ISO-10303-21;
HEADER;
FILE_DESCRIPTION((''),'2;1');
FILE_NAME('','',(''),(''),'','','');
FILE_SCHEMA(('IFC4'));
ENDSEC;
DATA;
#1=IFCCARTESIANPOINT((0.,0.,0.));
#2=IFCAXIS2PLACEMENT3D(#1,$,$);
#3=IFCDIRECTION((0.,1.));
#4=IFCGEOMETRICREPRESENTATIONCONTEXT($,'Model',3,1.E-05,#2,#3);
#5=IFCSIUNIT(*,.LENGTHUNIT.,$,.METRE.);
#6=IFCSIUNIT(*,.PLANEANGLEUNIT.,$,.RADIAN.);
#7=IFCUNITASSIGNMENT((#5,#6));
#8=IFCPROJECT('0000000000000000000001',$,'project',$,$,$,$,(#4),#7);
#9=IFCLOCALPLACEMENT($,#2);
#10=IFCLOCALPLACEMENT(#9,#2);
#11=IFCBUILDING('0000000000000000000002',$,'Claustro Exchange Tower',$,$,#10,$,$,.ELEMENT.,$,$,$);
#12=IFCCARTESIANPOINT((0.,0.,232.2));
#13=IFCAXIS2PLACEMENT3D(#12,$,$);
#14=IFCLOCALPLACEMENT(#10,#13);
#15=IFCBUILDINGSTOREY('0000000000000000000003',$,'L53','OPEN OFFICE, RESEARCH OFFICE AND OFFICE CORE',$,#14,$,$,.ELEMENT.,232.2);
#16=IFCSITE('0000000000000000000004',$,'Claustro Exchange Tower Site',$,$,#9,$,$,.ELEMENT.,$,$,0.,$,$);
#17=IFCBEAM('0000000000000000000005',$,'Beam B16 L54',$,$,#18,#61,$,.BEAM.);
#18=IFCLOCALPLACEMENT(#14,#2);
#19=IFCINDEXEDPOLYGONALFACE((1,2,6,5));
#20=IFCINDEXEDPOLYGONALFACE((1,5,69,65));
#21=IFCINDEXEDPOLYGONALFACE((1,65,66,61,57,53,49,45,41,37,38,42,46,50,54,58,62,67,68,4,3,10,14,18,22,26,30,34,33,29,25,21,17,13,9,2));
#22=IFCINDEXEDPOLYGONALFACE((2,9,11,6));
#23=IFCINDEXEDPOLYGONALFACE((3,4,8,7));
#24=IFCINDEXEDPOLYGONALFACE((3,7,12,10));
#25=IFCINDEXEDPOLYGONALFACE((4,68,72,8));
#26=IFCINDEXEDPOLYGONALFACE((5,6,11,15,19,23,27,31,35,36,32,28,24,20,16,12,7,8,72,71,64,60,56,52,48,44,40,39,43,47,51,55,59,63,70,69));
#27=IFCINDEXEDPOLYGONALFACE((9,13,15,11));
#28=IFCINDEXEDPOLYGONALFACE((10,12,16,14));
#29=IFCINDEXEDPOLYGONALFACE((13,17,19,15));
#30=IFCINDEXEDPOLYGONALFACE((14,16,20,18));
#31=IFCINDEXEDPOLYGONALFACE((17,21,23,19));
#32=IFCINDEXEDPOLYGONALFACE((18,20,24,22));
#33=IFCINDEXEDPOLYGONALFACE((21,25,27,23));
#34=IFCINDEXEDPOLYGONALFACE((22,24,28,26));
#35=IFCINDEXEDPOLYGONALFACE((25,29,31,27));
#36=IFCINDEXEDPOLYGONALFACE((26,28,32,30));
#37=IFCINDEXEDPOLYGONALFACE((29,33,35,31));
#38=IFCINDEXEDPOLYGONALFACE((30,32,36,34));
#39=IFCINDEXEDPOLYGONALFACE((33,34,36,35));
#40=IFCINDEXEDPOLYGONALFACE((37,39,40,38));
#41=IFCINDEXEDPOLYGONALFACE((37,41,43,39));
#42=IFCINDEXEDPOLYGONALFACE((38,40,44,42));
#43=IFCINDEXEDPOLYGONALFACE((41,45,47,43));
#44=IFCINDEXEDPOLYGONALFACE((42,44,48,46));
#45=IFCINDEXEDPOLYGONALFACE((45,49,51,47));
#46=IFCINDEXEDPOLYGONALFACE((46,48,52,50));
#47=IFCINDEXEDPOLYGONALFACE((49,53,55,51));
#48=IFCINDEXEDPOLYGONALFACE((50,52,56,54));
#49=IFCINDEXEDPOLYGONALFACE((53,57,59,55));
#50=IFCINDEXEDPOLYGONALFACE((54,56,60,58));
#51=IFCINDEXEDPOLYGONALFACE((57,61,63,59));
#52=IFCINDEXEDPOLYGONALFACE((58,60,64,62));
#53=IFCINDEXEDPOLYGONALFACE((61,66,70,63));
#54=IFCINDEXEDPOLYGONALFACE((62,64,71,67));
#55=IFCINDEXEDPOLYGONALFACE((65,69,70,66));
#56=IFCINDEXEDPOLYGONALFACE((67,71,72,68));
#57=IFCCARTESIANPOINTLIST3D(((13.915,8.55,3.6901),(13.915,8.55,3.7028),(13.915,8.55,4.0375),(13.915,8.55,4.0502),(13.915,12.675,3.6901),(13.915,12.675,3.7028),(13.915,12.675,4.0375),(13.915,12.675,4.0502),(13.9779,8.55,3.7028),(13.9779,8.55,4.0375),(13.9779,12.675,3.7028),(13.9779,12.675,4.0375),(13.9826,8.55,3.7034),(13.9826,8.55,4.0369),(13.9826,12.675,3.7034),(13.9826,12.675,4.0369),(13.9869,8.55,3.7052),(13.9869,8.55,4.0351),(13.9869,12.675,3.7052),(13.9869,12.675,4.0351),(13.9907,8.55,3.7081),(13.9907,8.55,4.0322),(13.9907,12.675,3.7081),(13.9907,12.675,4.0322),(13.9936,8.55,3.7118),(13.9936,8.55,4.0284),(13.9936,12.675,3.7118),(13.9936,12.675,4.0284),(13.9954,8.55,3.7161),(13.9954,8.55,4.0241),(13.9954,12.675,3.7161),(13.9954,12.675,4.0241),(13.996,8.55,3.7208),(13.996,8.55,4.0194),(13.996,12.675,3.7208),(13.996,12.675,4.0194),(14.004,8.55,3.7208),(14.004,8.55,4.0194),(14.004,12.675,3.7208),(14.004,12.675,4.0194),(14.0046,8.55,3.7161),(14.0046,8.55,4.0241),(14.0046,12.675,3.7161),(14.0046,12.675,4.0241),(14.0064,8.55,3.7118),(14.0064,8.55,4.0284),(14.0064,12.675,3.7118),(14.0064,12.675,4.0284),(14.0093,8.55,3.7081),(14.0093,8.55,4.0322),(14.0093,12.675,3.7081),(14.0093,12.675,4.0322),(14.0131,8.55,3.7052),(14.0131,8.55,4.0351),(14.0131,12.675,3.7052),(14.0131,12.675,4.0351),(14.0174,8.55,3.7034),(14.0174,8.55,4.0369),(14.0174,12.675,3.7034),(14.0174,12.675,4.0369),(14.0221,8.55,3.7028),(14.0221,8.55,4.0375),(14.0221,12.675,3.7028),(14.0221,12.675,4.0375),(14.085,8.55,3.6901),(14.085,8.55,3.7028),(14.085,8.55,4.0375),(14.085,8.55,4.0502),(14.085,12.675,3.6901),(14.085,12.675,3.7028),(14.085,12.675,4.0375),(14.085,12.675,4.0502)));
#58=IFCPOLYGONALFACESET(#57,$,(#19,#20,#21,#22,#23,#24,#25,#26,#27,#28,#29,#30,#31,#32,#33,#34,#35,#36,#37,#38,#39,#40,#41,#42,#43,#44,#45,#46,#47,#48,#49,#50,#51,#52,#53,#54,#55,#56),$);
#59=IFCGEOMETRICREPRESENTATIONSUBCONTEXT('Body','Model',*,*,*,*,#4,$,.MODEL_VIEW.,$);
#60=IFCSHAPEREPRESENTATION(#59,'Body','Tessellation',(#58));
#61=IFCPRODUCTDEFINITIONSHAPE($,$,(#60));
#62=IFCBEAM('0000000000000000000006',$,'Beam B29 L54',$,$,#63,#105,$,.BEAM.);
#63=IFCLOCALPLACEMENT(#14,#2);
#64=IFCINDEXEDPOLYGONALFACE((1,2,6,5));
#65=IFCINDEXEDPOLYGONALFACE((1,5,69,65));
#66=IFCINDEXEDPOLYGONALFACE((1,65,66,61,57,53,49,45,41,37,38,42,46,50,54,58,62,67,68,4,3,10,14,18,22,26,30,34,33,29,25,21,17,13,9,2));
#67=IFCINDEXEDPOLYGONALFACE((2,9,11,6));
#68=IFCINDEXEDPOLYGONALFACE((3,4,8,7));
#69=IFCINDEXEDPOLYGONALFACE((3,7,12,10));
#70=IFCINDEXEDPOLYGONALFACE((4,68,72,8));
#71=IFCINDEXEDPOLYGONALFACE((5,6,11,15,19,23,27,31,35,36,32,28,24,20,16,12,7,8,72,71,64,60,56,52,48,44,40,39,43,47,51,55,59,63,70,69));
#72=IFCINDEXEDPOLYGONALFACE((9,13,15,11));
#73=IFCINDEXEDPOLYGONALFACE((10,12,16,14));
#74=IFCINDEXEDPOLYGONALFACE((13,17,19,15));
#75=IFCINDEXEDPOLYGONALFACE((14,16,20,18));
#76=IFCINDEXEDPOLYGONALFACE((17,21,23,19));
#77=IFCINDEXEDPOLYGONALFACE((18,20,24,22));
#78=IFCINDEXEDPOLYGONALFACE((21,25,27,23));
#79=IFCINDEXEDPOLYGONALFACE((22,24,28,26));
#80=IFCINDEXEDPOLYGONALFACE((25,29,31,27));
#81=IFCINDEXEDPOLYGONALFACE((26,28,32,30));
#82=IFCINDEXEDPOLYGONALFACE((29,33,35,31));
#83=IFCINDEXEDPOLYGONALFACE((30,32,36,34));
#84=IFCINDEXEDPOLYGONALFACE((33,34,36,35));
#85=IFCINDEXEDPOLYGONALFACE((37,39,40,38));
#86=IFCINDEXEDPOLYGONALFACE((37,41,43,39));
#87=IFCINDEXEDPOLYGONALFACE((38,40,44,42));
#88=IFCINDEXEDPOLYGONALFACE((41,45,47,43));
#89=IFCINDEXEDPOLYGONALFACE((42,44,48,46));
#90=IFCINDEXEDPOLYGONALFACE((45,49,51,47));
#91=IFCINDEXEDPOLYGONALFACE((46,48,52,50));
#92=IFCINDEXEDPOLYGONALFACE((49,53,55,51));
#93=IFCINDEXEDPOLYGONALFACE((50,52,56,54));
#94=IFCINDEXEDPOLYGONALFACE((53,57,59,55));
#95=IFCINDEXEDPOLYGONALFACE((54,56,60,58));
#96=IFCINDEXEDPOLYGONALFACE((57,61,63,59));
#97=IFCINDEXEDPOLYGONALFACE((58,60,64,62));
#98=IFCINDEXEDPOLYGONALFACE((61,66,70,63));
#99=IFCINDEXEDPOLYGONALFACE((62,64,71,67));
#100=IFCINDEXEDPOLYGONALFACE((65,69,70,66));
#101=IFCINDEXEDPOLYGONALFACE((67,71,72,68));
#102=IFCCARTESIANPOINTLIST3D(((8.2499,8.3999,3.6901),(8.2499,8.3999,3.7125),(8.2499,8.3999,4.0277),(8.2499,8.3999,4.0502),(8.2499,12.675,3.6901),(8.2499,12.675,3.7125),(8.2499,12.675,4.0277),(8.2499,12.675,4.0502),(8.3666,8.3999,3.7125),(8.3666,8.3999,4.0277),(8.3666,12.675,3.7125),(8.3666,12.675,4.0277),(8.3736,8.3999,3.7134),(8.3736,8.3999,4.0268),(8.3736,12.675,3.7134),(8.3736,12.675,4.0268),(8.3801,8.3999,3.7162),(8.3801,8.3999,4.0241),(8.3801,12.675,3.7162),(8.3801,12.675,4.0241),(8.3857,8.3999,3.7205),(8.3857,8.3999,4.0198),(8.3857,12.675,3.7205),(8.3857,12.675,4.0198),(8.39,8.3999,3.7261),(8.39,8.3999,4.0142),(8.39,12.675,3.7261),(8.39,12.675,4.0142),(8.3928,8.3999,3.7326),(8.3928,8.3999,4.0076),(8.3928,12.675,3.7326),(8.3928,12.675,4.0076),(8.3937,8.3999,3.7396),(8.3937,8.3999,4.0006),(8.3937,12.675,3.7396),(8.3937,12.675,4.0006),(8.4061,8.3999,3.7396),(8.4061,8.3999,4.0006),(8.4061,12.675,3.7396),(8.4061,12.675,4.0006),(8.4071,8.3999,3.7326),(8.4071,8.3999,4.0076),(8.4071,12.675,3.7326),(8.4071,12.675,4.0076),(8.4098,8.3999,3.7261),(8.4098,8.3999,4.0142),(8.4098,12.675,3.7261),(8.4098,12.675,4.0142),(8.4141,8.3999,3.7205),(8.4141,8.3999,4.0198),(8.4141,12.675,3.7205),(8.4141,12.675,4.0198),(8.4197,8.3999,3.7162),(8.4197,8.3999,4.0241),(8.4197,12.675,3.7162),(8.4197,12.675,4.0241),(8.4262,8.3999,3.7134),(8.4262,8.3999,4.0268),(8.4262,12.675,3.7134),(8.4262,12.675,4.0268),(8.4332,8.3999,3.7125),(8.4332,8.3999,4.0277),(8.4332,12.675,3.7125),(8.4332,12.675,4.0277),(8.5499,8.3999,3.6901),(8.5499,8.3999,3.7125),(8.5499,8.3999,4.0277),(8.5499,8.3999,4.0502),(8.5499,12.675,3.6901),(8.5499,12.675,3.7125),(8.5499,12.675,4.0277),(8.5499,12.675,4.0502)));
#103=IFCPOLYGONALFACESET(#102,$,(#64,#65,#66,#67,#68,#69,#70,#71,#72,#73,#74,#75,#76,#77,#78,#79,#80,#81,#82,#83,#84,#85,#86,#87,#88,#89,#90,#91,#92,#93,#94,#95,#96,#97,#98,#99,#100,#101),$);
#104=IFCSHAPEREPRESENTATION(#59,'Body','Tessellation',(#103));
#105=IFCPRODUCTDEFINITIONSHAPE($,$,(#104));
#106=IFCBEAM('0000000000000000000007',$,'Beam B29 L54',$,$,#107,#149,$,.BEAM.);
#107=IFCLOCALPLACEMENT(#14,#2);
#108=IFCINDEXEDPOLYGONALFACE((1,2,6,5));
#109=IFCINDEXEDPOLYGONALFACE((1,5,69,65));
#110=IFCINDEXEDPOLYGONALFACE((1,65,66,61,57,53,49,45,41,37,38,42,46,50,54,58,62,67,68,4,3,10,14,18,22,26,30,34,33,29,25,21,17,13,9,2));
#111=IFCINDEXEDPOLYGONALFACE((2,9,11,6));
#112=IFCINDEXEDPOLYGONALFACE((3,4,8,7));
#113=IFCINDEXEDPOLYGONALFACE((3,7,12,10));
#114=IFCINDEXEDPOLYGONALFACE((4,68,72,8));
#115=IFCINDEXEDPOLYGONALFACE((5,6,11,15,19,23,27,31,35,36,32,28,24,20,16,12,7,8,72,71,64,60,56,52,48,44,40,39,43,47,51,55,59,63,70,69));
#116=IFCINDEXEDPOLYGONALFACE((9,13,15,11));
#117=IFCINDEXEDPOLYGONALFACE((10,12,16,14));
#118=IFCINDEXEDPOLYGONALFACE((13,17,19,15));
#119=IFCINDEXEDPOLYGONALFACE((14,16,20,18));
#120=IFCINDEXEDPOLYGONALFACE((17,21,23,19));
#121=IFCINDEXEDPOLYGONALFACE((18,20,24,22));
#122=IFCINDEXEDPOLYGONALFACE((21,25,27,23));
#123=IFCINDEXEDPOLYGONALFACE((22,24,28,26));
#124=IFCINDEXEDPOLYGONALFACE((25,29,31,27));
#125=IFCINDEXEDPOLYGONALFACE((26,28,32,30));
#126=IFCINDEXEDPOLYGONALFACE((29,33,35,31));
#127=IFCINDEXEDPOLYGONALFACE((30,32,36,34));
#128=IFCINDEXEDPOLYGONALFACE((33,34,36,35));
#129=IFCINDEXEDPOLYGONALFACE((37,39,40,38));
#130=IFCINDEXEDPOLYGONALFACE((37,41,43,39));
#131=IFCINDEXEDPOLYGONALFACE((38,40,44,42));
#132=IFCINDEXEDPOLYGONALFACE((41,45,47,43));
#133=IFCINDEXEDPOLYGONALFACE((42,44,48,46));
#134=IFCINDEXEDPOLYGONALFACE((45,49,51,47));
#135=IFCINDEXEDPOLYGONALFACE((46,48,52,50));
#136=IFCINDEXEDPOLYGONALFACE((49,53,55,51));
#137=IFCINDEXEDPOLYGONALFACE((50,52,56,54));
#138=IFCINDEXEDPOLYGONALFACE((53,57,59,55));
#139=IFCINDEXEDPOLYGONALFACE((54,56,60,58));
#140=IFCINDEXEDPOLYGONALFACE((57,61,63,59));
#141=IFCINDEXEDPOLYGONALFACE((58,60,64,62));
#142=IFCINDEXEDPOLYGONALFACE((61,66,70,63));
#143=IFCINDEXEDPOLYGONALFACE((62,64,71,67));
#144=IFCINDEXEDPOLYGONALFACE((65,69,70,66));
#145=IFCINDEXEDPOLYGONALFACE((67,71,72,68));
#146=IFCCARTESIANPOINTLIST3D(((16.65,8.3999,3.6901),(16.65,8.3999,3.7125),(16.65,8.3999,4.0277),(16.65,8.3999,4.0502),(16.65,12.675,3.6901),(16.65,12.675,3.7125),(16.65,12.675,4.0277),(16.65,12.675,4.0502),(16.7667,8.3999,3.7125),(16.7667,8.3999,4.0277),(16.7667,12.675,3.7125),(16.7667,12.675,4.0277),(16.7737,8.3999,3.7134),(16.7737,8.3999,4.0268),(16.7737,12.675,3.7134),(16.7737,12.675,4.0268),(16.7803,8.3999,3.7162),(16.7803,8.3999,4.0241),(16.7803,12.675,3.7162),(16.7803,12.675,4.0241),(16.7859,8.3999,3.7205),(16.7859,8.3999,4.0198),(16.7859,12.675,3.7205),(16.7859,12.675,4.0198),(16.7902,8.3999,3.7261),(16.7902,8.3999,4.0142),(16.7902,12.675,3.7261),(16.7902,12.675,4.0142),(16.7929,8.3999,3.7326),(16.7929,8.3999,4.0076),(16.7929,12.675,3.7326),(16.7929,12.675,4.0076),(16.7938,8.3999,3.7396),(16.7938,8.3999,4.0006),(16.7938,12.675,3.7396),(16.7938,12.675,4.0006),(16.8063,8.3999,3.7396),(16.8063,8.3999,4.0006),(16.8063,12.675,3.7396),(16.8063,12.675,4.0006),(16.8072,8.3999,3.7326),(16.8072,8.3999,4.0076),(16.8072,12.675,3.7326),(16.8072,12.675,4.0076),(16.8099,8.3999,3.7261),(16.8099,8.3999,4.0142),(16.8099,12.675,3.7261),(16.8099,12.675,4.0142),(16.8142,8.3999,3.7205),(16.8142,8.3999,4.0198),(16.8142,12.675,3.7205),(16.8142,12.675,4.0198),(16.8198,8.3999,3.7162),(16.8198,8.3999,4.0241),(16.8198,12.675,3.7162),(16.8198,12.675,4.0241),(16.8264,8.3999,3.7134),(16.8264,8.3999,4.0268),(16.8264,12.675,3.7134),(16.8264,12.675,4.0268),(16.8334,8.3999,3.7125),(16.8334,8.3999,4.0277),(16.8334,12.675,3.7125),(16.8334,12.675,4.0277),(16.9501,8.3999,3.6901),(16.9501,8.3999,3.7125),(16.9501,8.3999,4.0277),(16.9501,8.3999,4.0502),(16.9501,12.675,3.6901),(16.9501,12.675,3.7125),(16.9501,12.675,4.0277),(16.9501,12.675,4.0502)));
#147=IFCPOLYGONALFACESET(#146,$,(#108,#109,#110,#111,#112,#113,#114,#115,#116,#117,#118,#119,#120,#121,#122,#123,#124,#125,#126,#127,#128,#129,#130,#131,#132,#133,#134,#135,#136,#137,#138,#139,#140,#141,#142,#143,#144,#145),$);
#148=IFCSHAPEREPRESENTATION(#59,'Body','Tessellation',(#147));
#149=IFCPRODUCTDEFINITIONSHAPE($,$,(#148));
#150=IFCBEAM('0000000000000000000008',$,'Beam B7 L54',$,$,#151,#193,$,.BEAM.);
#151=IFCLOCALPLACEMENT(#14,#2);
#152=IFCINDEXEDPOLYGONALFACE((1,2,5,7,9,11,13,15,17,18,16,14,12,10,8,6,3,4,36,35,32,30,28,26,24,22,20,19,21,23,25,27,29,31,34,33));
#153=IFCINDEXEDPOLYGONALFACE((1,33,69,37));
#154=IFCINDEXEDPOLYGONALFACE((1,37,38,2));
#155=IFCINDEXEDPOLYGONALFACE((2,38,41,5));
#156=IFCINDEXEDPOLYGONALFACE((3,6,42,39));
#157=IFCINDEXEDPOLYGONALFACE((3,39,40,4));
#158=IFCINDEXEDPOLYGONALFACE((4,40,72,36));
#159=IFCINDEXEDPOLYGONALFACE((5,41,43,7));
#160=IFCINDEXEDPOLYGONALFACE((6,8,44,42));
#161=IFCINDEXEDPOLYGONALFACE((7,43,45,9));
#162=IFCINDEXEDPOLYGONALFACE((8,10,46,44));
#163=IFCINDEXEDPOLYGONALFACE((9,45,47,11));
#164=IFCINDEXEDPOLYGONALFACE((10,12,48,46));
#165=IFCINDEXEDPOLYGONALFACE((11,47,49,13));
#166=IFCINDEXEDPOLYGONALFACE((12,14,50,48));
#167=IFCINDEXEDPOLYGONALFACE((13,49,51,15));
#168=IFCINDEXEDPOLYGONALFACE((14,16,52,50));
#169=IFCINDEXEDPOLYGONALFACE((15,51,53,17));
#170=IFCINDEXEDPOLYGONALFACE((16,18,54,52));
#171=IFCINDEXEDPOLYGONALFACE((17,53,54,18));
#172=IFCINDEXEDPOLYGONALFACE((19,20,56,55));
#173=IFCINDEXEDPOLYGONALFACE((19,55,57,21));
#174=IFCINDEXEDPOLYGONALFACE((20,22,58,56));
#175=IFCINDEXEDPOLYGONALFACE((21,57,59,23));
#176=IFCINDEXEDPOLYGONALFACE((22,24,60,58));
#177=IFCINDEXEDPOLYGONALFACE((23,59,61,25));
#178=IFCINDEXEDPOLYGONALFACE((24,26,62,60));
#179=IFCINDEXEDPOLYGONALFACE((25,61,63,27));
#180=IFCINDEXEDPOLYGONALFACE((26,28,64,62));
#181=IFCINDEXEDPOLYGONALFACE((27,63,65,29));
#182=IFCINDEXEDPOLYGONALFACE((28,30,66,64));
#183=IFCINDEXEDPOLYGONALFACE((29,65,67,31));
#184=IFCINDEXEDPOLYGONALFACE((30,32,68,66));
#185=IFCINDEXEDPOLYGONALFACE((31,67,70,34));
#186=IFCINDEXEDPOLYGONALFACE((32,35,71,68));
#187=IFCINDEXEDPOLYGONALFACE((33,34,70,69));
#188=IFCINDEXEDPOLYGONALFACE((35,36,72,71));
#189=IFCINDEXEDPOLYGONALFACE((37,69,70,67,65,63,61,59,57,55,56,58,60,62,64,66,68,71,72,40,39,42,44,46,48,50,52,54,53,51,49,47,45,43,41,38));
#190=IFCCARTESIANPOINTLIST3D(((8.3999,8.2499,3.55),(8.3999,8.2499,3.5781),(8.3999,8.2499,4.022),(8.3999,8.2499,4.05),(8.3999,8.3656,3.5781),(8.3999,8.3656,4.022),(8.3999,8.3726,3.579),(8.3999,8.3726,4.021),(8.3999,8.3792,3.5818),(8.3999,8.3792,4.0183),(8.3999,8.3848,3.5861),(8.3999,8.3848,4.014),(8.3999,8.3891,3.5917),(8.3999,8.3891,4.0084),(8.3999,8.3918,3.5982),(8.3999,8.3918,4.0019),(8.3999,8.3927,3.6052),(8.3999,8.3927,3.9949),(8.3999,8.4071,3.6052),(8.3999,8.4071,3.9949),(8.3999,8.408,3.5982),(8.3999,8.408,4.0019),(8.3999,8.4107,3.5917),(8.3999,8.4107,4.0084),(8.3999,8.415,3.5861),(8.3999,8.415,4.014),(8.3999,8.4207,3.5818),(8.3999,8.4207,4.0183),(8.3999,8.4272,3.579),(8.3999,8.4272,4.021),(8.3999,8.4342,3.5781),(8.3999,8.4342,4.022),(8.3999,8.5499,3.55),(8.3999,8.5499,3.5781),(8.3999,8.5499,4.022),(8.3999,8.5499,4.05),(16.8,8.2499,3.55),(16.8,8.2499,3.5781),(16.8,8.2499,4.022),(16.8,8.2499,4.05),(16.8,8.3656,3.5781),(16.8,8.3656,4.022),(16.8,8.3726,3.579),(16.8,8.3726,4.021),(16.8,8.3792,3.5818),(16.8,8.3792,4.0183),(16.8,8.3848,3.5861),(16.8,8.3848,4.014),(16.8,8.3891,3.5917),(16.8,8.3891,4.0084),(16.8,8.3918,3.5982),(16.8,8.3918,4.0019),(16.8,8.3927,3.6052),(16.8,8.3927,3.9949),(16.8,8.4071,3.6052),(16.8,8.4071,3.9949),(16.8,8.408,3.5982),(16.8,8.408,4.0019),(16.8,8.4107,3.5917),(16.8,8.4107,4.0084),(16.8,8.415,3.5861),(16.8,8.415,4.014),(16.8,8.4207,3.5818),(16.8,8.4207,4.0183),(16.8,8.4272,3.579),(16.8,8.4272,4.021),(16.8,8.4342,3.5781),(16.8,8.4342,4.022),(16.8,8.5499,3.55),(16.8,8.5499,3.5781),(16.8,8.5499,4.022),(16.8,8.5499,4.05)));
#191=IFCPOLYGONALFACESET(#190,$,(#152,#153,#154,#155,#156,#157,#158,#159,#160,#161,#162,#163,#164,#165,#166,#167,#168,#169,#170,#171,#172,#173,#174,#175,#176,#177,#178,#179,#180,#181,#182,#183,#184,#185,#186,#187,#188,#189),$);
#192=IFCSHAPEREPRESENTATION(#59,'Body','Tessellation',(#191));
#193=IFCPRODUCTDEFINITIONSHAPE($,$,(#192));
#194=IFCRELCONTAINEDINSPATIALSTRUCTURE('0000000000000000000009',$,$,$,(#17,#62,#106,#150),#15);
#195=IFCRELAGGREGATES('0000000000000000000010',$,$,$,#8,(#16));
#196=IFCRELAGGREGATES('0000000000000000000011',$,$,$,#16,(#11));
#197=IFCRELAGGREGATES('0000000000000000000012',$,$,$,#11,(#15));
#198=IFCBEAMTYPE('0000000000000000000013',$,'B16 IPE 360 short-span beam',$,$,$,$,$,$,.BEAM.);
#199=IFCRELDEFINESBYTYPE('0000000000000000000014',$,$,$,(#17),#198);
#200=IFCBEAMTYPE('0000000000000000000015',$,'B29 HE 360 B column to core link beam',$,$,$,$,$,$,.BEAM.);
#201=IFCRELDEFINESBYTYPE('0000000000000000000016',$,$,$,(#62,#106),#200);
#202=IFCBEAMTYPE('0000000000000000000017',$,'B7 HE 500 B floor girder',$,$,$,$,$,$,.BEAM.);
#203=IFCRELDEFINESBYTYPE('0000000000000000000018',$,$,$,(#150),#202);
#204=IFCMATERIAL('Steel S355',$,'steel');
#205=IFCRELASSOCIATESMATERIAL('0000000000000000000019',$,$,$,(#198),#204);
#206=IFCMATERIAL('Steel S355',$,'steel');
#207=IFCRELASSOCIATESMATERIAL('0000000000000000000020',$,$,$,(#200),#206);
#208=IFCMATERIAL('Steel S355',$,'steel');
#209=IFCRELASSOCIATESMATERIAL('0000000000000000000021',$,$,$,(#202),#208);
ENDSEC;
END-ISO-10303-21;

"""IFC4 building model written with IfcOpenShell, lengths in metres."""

from ifc_helpers import new_model, si_unit, direction, frame, origin, origin_2d, place, context, subcontext, project, spatial, i_section, extrude, material, material_profile, profile_set, type_object, element, save


model = new_model("IFC4")

# Units and contexts
model_context = context("Model", 3, precision=1e-05, world=origin(), true_north=direction((0.0, 1.0)))
body_context = subcontext(model_context, "Body", "Model", "MODEL_VIEW")
ifc_project = project(units=[si_unit("LENGTHUNIT", "METRE"), si_unit("PLANEANGLEUNIT", "RADIAN")], contexts=[model_context])

# Site, building, storey
site_placement = place(None, origin())
site = spatial("IfcSite", under=ifc_project, at=site_placement, Name="Claustro Exchange Tower Site", CompositionType="ELEMENT", RefElevation=0.0)
building_placement = place(site_placement, origin())
building = spatial("IfcBuilding", under=site, at=building_placement, Name="Claustro Exchange Tower", CompositionType="ELEMENT")
storey_placement = place(building_placement, frame((0.0, 0.0, 232.2)))
storey = spatial("IfcBuildingStorey", under=building, at=storey_placement, Name="L53", Description="OPEN OFFICE, RESEARCH OFFICE AND OFFICE CORE", CompositionType="ELEMENT", Elevation=232.2)

# Beams
ifc_material_1 = material(Name="Steel S355", Category="steel")
ifc_material_profile_1 = material_profile(ifc_material_1, i_section(OverallWidth=0.1699, OverallDepth=0.3601, WebThickness=0.0081, FlangeThickness=0.0127, FilletRadius=0.0181, at=origin_2d()), Name="IPE 360")
ifc_profile_set_1 = profile_set([ifc_material_profile_1], Name="Steel S355")
beam_type_1 = type_object("IfcBeamType", Name="B16 IPE 360 short-span beam", PredefinedType="BEAM", material=ifc_profile_set_1)
for number, where, z_axis, x_axis, name in (
    (1, (14.0, 8.55, 3.8701), (0.0, 1.0, 0.0), (-1.0, 0.0, 0.0), "Beam B16 L54"),
):
    element("IfcBeam", number, at=place(storey_placement, frame(where, z_axis=z_axis, x_axis=x_axis)), inside=storey, type_object=beam_type_1, Name=name, PredefinedType="BEAM", context=body_context, shape_type="SweptSolid", body=[
        extrude(i_section(OverallWidth=0.1699, OverallDepth=0.3601, WebThickness=0.0081, FlangeThickness=0.0127, FilletRadius=0.0181, at=origin_2d()), origin(), (0.0, 0.0, 1.0), 4.125),
    ])
ifc_material_2 = material(Name="Steel S355", Category="steel")
ifc_material_profile_2 = material_profile(ifc_material_2, i_section(OverallWidth=0.3, OverallDepth=0.3601, WebThickness=0.0125, FlangeThickness=0.0225, FilletRadius=0.0271, at=origin_2d()), Name="HE 360 B")
ifc_profile_set_2 = profile_set([ifc_material_profile_2], Name="Steel S355")
beam_type_2 = type_object("IfcBeamType", Name="B29 HE 360 B column to core link beam", PredefinedType="BEAM", material=ifc_profile_set_2)
for number, where, z_axis, x_axis, name in (
    (2, (8.3999, 8.3999, 3.8701), (0.0, 1.0, 0.0), (-1.0, 0.0, 0.0), "Beam B29 L54"),
    (3, (16.8, 8.3999, 3.8701), (0.0, 1.0, 0.0), (-1.0, 0.0, 0.0), "Beam B29 L54"),
):
    element("IfcBeam", number, at=place(storey_placement, frame(where, z_axis=z_axis, x_axis=x_axis)), inside=storey, type_object=beam_type_2, Name=name, PredefinedType="BEAM", context=body_context, shape_type="SweptSolid", body=[
        extrude(i_section(OverallWidth=0.3, OverallDepth=0.3601, WebThickness=0.0125, FlangeThickness=0.0225, FilletRadius=0.0271, at=origin_2d()), origin(), (0.0, 0.0, 1.0), 4.2751),
    ])
ifc_material_3 = material(Name="Steel S355", Category="steel")
ifc_material_profile_3 = material_profile(ifc_material_3, i_section(OverallWidth=0.3, OverallDepth=0.5, WebThickness=0.0144, FlangeThickness=0.0281, FilletRadius=0.0271, at=origin_2d()), Name="HE 500 B")
ifc_profile_set_3 = profile_set([ifc_material_profile_3], Name="Steel S355")
beam_type_3 = type_object("IfcBeamType", Name="B7 HE 500 B floor girder", PredefinedType="BEAM", material=ifc_profile_set_3)
beam_1_placement = place(storey_placement, frame((8.3999, 8.3999, 3.8), z_axis=(1.0, 0.0, 0.0), x_axis=(0.0, 1.0, 0.0)))
element("IfcBeam", 4, at=beam_1_placement, inside=storey, type_object=beam_type_3, Name="Beam B7 L54", PredefinedType="BEAM", context=body_context, shape_type="SweptSolid", body=[
    extrude(i_section(OverallWidth=0.3, OverallDepth=0.5, WebThickness=0.0144, FlangeThickness=0.0281, FilletRadius=0.0271, at=origin_2d()), origin(), (0.0, 0.0, 1.0), 8.4001),
])

save(model, "model.ifc")
